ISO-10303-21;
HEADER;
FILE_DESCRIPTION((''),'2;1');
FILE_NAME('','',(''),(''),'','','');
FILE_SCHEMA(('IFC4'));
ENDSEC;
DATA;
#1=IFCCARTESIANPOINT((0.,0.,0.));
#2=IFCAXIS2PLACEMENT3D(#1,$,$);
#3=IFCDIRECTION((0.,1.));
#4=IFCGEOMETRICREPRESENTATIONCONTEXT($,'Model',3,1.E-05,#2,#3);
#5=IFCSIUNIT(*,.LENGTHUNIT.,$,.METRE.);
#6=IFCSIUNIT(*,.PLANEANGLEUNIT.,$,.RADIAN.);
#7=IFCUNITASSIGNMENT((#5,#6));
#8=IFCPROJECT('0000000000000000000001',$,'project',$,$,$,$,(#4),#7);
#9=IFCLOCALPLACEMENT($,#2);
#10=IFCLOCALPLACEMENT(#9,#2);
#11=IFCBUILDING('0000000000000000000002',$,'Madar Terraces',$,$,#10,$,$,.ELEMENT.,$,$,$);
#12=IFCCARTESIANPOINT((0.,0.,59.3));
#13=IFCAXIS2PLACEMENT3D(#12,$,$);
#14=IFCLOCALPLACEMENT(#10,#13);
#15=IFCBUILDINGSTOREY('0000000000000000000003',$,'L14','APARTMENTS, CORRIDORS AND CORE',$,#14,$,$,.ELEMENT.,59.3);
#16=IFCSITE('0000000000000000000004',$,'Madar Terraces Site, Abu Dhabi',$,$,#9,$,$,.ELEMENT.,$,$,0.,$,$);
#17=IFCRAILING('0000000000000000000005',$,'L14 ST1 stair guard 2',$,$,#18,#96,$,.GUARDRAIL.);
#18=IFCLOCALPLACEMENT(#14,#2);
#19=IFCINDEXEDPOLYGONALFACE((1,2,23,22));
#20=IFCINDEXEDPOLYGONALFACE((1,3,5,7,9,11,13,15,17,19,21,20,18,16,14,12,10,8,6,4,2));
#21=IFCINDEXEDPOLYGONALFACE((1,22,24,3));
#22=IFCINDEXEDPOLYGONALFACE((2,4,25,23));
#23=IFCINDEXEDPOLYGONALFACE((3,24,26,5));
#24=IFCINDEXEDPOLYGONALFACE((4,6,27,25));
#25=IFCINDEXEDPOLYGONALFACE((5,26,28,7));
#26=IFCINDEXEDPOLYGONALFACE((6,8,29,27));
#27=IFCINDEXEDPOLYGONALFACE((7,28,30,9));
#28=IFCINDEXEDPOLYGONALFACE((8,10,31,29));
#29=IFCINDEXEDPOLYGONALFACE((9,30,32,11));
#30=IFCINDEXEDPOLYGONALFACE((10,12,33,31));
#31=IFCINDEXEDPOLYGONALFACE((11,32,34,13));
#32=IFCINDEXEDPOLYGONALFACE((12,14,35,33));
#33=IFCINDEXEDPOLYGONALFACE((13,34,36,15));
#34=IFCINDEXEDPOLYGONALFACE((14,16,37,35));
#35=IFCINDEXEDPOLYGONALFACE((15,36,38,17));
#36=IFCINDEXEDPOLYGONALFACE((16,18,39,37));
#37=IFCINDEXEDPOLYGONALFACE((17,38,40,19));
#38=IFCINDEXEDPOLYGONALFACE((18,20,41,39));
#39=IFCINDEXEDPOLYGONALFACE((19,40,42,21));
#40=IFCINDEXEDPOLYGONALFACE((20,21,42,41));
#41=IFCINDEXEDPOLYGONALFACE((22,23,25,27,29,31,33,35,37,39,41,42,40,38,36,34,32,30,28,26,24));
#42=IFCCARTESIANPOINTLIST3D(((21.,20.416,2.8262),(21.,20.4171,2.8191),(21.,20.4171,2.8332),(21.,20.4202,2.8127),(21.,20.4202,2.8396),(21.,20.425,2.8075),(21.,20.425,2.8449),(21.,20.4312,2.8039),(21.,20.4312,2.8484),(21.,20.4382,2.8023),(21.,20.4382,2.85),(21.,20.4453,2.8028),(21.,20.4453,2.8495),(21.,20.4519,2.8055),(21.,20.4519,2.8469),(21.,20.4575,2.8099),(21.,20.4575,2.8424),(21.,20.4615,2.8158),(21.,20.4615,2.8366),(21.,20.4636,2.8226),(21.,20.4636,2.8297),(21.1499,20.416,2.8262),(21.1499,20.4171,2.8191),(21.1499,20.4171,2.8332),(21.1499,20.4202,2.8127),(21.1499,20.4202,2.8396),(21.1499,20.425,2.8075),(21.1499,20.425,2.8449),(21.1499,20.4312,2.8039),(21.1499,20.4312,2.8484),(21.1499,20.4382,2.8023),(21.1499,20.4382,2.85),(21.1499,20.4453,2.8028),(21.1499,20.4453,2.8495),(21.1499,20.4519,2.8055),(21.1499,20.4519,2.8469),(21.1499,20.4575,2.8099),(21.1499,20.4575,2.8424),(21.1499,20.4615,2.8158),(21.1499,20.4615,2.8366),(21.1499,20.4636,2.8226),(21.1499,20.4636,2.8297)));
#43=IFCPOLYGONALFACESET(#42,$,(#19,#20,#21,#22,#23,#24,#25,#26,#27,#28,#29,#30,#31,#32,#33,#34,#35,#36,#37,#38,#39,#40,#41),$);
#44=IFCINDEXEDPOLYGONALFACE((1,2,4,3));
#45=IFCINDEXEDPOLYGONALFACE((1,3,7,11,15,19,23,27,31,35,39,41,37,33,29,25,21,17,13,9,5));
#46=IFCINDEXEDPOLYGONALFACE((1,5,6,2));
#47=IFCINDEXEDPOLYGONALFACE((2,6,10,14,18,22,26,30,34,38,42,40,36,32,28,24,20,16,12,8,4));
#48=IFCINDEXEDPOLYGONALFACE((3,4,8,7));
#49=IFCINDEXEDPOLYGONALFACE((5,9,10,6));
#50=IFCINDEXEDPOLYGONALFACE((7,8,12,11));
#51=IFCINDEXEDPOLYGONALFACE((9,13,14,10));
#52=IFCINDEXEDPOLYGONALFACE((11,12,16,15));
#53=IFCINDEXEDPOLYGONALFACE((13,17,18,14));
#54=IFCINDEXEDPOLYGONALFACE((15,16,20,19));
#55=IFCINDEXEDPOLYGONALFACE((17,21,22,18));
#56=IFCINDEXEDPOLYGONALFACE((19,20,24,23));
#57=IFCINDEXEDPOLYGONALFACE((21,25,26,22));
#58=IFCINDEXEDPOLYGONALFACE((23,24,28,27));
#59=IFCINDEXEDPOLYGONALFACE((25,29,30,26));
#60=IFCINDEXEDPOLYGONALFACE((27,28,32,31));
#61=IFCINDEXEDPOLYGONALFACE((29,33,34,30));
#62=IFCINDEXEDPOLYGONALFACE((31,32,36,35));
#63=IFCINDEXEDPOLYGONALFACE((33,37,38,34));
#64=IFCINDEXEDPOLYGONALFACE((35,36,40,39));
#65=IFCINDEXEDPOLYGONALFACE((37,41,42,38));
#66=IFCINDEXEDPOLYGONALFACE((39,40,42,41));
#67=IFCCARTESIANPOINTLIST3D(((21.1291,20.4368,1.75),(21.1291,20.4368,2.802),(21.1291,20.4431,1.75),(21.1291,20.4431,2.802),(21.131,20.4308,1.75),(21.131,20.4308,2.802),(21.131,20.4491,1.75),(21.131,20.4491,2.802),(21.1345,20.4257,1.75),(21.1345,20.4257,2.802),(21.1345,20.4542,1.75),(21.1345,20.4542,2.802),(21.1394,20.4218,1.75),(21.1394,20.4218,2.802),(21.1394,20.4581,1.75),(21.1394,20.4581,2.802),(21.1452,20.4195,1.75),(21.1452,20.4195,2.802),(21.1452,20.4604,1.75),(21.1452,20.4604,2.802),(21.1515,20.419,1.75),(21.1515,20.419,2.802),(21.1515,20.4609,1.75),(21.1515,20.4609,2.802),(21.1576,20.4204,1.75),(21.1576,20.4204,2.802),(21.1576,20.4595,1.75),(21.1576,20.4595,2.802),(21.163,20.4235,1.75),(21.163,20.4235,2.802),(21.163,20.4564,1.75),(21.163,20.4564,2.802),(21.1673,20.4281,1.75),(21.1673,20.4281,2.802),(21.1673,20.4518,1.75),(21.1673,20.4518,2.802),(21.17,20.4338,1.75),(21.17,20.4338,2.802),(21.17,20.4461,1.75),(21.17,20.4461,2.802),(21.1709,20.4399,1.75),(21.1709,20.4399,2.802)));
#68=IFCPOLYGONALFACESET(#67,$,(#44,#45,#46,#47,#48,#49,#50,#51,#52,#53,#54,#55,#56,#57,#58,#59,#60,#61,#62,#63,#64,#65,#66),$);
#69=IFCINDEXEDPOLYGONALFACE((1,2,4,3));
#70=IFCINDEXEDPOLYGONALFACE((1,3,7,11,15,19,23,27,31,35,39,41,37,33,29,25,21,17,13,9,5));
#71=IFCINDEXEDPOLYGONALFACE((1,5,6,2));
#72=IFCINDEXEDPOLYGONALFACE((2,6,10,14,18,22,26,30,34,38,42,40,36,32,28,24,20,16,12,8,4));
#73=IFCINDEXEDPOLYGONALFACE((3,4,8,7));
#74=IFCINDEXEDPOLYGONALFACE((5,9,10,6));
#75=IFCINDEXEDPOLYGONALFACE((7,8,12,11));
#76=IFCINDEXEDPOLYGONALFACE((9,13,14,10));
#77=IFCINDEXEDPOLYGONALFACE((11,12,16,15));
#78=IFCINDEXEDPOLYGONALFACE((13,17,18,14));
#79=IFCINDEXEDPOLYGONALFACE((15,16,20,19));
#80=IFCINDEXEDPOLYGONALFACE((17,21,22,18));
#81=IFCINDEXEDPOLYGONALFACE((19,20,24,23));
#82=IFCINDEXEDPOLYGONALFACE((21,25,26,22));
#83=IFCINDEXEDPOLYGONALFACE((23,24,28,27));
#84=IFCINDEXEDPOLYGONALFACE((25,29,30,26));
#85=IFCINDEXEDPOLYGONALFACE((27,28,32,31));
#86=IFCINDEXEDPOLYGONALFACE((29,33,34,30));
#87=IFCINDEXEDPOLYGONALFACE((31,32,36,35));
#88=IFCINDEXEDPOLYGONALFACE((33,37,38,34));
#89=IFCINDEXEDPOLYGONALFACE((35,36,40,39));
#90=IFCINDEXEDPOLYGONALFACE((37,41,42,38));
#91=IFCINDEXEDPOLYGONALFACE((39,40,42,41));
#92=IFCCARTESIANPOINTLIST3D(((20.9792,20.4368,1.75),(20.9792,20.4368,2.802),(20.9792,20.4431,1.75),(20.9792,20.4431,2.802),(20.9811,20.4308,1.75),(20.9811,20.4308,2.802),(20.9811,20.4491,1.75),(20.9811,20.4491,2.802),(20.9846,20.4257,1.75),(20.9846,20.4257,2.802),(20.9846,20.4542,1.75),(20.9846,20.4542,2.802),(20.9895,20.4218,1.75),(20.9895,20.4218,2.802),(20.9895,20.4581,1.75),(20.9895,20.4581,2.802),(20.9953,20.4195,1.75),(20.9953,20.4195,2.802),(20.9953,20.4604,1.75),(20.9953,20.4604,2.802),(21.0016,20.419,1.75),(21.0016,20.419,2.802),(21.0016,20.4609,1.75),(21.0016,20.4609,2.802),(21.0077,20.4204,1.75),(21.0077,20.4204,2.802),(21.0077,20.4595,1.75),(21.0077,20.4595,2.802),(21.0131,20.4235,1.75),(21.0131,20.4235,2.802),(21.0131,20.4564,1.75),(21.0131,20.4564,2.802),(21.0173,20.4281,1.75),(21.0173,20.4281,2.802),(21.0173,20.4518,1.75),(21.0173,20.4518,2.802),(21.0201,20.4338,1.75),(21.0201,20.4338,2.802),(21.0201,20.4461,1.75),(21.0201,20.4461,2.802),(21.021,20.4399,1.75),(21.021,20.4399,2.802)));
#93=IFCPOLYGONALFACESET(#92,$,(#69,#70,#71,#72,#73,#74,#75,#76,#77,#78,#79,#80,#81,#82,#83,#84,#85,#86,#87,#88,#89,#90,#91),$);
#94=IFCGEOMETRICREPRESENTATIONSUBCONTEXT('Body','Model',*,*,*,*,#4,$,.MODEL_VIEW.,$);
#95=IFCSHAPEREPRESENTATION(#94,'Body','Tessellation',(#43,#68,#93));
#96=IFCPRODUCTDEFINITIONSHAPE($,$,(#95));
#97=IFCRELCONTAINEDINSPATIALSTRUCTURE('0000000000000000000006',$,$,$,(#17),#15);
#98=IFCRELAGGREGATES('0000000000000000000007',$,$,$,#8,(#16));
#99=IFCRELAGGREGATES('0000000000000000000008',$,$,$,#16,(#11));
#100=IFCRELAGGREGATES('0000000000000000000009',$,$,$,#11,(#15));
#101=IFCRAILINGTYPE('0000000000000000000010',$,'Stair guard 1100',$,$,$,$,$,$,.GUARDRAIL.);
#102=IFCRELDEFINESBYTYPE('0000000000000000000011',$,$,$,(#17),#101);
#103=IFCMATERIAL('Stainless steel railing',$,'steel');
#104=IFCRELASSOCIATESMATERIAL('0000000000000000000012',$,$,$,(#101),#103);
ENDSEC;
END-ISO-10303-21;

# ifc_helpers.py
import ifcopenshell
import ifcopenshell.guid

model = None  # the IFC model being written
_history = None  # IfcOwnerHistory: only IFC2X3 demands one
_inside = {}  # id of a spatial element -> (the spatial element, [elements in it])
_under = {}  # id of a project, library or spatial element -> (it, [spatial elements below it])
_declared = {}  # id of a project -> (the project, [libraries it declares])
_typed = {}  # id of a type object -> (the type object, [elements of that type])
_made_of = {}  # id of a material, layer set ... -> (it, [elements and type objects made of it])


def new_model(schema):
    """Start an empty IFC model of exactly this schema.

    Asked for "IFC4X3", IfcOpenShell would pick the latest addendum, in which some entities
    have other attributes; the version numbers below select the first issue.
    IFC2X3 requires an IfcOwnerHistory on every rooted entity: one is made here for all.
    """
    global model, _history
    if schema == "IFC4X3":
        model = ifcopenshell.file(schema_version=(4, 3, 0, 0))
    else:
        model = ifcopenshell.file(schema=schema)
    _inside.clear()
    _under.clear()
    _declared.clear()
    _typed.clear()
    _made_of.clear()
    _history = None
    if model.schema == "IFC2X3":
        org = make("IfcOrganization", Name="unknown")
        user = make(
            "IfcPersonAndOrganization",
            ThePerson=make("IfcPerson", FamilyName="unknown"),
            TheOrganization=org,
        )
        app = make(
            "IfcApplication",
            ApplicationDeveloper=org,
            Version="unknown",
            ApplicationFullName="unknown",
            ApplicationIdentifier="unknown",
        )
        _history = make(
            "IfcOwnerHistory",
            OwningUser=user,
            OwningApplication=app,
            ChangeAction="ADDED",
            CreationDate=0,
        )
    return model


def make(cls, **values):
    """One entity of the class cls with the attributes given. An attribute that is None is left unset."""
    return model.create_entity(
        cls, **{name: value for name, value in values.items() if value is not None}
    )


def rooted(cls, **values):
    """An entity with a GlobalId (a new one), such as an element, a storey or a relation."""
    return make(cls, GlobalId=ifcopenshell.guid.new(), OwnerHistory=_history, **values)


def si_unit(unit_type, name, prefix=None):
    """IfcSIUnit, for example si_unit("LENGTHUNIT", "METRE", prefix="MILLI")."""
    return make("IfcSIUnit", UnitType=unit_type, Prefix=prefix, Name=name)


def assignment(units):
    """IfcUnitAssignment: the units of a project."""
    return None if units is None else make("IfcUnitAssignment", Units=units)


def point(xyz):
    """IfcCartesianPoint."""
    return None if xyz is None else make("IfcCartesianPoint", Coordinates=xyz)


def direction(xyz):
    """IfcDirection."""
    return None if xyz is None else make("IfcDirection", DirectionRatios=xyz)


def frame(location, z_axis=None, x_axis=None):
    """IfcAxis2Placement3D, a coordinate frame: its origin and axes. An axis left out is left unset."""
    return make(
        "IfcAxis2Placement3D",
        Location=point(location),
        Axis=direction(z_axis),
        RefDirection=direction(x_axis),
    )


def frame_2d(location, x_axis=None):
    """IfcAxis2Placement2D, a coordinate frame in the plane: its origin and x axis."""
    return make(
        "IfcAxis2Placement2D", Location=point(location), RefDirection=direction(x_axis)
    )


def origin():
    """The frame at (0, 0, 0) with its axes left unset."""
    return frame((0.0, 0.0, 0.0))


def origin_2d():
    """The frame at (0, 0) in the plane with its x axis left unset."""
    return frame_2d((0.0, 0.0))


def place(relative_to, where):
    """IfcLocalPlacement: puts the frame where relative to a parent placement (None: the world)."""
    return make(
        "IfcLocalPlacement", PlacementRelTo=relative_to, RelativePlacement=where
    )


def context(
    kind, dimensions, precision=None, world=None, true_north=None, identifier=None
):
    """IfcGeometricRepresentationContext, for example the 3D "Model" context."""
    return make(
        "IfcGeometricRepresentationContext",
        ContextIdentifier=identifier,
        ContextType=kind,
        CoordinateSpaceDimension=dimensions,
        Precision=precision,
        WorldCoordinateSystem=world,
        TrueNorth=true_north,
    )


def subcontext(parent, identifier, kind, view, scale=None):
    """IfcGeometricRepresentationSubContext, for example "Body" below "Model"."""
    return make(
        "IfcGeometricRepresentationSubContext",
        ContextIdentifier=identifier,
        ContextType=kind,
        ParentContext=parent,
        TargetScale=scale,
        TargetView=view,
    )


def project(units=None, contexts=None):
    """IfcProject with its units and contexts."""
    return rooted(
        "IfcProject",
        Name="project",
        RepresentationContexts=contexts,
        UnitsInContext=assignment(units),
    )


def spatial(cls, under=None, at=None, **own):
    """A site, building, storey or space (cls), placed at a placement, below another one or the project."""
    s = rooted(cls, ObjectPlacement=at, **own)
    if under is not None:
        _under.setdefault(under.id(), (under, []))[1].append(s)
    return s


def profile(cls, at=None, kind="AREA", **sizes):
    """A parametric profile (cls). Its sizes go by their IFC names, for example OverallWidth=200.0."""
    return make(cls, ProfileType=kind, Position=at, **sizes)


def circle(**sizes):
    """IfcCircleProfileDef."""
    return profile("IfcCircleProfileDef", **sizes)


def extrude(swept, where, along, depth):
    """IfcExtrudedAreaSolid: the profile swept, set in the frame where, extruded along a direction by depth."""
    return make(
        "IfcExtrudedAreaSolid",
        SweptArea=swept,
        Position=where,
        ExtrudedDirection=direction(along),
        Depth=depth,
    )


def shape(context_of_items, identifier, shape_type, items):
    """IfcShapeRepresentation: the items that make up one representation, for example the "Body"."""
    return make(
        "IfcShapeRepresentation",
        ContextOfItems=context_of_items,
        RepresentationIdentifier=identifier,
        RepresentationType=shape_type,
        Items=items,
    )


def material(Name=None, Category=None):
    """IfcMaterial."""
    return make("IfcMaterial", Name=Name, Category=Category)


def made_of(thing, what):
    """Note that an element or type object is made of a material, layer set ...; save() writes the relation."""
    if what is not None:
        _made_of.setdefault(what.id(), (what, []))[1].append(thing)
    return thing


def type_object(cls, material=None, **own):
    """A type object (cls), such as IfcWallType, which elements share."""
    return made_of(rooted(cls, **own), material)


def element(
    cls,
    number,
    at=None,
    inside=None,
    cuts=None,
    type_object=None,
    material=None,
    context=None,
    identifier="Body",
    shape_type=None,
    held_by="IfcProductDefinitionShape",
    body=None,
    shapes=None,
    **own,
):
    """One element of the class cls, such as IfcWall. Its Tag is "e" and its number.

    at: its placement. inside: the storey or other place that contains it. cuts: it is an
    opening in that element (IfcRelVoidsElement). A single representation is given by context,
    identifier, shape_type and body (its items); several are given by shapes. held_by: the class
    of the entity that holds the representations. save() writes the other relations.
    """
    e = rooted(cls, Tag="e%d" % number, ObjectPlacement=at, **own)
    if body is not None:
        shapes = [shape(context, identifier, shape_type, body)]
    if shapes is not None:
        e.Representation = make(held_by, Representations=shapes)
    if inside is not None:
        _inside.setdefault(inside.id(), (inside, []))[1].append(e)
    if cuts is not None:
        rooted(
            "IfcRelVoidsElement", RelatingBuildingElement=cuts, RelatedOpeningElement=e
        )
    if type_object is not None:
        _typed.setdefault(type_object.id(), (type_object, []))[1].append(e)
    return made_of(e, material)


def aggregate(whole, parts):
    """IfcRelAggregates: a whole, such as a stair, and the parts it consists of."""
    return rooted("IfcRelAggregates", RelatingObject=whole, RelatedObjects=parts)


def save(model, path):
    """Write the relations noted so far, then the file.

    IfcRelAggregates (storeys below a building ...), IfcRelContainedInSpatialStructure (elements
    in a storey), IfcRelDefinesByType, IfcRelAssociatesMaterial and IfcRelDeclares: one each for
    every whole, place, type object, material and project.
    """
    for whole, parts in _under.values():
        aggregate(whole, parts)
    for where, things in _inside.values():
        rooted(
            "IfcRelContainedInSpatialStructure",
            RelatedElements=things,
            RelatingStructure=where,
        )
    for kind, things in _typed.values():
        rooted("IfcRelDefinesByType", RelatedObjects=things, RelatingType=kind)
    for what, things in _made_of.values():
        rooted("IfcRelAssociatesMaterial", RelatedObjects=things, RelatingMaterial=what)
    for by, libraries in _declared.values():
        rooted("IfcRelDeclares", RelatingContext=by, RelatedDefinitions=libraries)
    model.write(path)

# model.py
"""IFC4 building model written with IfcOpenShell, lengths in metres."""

from ifc_helpers import new_model, si_unit, direction, frame, origin, origin_2d, place, context, subcontext, project, spatial, circle, extrude, material, type_object, element, save


model = new_model("IFC4")

# Units and contexts
model_context = context("Model", 3, precision=1e-05, world=origin(), true_north=direction((0.0, 1.0)))
body_context = subcontext(model_context, "Body", "Model", "MODEL_VIEW")
ifc_project = project(units=[si_unit("LENGTHUNIT", "METRE"), si_unit("PLANEANGLEUNIT", "RADIAN")], contexts=[model_context])

# Site, building, storey
site_placement = place(None, origin())
site = spatial("IfcSite", under=ifc_project, at=site_placement, Name="Madar Terraces Site, Abu Dhabi", CompositionType="ELEMENT", RefElevation=0.0)
building_placement = place(site_placement, origin())
building = spatial("IfcBuilding", under=site, at=building_placement, Name="Madar Terraces", CompositionType="ELEMENT")
storey_placement = place(building_placement, frame((0.0, 0.0, 59.3)))
storey = spatial("IfcBuildingStorey", under=building, at=storey_placement, Name="L14", Description="APARTMENTS, CORRIDORS AND CORE", CompositionType="ELEMENT", Elevation=59.3)

# Railing
ifc_material_1 = material(Name="Stainless steel railing", Category="steel")
railing_type_1 = type_object("IfcRailingType", Name="Stair guard 1100", PredefinedType="GUARDRAIL", material=ifc_material_1)
railing_1_placement = place(storey_placement, frame((21.1499, 20.4399, 1.75)))
element("IfcRailing", 1, at=railing_1_placement, inside=storey, type_object=railing_type_1, Name="L14 ST1 stair guard 2", PredefinedType="GUARDRAIL", context=body_context, shape_type="SweptSolid", body=[
    extrude(circle(Radius=0.0239, at=origin_2d()), frame((0.0, 0.0, 1.0762), z_axis=(-1.0, 0.0, 0.0), x_axis=(0.0, -1.0, 0.0)), (0.0, 0.0, 1.0), 0.1499),
    extrude(circle(Radius=0.021, at=origin_2d()), origin(), (0.0, 0.0, 1.0), 1.052),
    extrude(circle(Radius=0.021, at=origin_2d()), frame((-0.1499, 0.0, 0.0)), (0.0, 0.0, 1.0), 1.052),
])

save(model, "model.ifc")
